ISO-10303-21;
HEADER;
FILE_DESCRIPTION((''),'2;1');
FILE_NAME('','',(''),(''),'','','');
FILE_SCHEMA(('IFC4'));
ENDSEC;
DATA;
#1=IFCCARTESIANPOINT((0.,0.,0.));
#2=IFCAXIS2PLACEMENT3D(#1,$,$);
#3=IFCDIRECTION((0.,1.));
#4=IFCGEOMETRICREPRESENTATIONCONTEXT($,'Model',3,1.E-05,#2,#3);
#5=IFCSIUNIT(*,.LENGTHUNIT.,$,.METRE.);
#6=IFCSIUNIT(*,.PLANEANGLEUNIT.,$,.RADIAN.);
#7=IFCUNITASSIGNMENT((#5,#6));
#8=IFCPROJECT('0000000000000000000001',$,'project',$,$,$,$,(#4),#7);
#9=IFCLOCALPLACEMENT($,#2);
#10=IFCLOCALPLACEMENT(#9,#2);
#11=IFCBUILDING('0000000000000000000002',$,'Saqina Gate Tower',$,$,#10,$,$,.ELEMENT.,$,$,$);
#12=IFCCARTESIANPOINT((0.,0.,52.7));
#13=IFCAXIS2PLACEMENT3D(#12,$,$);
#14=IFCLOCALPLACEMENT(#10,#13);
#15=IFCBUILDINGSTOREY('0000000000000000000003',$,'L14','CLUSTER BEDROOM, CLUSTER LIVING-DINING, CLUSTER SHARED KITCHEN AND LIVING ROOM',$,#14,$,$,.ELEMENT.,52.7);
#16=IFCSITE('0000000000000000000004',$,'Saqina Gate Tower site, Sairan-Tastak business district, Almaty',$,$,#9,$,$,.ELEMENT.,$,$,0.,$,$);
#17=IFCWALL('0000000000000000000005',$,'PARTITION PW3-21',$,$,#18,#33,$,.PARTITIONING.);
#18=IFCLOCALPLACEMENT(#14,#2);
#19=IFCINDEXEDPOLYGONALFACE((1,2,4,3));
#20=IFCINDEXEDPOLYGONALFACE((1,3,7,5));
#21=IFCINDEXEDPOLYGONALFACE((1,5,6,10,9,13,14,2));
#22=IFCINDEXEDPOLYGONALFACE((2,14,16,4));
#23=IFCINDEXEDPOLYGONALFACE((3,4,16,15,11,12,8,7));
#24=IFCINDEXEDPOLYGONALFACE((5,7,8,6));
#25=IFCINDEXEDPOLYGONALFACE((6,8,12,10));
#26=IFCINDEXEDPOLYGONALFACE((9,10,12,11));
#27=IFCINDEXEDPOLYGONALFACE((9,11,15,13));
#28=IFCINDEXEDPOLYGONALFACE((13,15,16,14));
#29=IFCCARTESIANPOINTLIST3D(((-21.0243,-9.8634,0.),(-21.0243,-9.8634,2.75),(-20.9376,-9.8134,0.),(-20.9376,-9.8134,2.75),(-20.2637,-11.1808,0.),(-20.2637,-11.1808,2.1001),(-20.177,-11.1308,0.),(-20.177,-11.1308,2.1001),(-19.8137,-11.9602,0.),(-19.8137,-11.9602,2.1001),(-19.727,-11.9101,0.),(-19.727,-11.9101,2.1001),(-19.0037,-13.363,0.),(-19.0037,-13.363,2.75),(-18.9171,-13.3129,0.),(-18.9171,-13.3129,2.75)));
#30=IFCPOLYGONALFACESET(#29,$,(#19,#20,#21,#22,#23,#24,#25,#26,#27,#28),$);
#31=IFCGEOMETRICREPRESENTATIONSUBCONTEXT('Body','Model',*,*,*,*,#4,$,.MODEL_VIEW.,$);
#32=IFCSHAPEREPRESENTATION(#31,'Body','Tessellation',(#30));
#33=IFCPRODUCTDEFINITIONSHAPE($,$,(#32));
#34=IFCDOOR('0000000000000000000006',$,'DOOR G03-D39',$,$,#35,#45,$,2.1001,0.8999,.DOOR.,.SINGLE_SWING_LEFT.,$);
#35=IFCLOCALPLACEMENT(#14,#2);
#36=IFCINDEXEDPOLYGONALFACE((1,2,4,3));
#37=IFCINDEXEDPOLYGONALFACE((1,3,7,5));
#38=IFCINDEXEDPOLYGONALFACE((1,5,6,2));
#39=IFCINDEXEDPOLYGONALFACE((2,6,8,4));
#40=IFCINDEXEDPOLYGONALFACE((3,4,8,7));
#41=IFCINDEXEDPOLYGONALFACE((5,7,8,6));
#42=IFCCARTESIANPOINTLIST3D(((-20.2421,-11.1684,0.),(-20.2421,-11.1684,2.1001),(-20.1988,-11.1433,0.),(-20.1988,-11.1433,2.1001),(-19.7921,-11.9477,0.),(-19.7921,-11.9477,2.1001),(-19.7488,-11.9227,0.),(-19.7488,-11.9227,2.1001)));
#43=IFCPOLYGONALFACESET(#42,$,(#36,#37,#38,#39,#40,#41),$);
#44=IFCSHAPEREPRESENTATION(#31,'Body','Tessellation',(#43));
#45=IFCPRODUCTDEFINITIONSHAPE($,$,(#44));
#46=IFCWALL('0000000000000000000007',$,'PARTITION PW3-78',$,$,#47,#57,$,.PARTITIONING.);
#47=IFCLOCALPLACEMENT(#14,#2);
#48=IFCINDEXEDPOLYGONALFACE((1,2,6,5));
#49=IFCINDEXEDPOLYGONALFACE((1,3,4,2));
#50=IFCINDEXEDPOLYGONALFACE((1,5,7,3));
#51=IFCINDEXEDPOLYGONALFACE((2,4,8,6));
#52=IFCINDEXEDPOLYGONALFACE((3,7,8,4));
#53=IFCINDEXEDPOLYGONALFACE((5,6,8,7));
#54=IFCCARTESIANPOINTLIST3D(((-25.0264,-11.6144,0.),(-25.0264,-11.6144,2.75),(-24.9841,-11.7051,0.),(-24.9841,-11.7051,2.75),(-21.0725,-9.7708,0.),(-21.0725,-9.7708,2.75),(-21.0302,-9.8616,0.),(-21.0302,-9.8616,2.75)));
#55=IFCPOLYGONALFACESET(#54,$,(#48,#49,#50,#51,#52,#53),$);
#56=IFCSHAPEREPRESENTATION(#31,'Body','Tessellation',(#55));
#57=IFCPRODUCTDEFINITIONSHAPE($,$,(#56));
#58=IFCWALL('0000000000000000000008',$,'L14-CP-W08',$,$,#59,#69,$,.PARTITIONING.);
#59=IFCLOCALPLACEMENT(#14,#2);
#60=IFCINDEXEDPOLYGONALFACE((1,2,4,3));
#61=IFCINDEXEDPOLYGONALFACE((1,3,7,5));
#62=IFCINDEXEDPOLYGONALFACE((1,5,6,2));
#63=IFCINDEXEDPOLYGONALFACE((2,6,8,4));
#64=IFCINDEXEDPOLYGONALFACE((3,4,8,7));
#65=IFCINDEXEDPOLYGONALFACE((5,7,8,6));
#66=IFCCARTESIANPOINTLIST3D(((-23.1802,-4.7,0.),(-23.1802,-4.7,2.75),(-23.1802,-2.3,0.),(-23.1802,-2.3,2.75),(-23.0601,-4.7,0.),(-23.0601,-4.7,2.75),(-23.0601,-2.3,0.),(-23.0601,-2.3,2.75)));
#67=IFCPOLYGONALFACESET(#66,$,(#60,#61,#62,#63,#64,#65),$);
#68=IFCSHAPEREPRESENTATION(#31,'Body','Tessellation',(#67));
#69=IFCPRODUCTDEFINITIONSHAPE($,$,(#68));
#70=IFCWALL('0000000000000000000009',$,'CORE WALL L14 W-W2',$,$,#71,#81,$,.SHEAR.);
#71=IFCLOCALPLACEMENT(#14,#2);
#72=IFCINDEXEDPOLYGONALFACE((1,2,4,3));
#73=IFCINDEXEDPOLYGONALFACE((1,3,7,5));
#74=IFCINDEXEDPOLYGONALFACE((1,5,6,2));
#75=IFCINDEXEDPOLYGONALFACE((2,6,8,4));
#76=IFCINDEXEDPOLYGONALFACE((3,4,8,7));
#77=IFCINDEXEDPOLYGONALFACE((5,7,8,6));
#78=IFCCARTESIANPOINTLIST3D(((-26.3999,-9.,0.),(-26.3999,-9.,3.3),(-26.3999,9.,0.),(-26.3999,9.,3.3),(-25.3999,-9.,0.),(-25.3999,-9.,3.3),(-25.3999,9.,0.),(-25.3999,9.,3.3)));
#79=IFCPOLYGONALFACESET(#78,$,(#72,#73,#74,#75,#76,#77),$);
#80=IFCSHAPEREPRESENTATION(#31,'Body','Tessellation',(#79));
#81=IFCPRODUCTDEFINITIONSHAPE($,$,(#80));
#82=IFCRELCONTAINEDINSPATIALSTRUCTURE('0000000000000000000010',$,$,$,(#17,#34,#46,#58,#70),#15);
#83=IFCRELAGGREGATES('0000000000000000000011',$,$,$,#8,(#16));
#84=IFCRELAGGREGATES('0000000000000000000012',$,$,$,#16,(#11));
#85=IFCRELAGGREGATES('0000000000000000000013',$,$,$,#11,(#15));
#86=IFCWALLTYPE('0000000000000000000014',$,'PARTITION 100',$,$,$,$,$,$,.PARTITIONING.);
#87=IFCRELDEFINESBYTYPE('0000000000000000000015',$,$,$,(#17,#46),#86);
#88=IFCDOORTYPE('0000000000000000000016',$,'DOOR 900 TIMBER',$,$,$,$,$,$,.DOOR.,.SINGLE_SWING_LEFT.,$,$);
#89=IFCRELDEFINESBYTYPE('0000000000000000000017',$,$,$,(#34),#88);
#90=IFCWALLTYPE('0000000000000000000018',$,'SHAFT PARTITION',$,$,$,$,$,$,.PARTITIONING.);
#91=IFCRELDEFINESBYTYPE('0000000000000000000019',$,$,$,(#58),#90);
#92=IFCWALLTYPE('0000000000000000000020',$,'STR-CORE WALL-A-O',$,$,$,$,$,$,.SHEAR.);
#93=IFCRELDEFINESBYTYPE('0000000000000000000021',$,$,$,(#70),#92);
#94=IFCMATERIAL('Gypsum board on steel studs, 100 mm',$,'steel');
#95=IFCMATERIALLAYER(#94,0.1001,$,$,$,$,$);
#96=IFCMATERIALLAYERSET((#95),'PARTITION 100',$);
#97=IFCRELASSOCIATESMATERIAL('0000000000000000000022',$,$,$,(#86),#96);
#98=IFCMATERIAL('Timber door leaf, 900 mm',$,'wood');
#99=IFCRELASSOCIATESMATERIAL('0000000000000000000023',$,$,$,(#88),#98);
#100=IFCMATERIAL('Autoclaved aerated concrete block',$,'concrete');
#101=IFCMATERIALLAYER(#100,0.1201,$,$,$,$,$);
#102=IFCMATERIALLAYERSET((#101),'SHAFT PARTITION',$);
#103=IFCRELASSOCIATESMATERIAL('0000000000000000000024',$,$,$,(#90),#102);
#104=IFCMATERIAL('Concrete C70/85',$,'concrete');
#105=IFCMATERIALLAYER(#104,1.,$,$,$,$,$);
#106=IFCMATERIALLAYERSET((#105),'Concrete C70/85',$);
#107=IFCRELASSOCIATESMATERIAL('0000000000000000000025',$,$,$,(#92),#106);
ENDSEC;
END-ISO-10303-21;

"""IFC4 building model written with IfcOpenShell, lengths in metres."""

from ifc_helpers import new_model, si_unit, direction, frame, frame_2d, origin, place, context, subcontext, project, spatial, rectangle, extrude, material, layer, layer_set, type_object, element, fill, save


model = new_model("IFC4")

# Units and contexts
model_context = context("Model", 3, precision=1e-05, world=origin(), true_north=direction((0.0, 1.0)))
body_context = subcontext(model_context, "Body", "Model", "MODEL_VIEW")
ifc_project = project(units=[si_unit("LENGTHUNIT", "METRE"), si_unit("PLANEANGLEUNIT", "RADIAN")], contexts=[model_context])

# Site, building, storey
site_placement = place(None, origin())
site = spatial("IfcSite", under=ifc_project, at=site_placement, Name="Saqina Gate Tower site, Sairan-Tastak business district, Almaty", CompositionType="ELEMENT", RefElevation=0.0)
building_placement = place(site_placement, origin())
building = spatial("IfcBuilding", under=site, at=building_placement, Name="Saqina Gate Tower", CompositionType="ELEMENT")
storey_placement = place(building_placement, frame((0.0, 0.0, 52.7)))
storey = spatial("IfcBuildingStorey", under=building, at=storey_placement, Name="L14", Description="CLUSTER BEDROOM, CLUSTER LIVING-DINING, CLUSTER SHARED KITCHEN AND LIVING ROOM", CompositionType="ELEMENT", Elevation=52.7)

# Wall, opening, door
ifc_material_1 = material(Name="Gypsum board on steel studs, 100 mm", Category="steel")
ifc_layer_1 = layer(ifc_material_1, 0.1001)
ifc_layer_set_1 = layer_set([ifc_layer_1], Name="PARTITION 100")
wall_type_1 = type_object("IfcWallType", Name="PARTITION 100", PredefinedType="PARTITIONING", material=ifc_layer_set_1)
wall_1_placement = place(storey_placement, frame((-20.981, -9.8384, 0.0), z_axis=(0.0, 0.0, 1.0), x_axis=(0.500012, -0.866019, 0.0)))
wall_1 = element("IfcWall", 1, at=wall_1_placement, inside=storey, type_object=wall_type_1, Name="PARTITION PW3-21", PredefinedType="PARTITIONING", context=body_context, shape_type="SweptSolid", body=[
    extrude(rectangle(XDim=4.041, YDim=0.1001, at=frame_2d((2.0205, 0.0))), origin(), (0.0, 0.0, 1.0), 2.75),
])
opening_1_placement = place(wall_1_placement, frame((1.5212, 0.0, 0.0)))
opening_1 = element("IfcOpeningElement", 2, at=opening_1_placement, cuts=wall_1, PredefinedType="OPENING", context=body_context, shape_type="SweptSolid", body=[
    extrude(rectangle(XDim=0.8999, YDim=2.1001, at=frame_2d((0.45, 1.05))), frame((0.0, 0.062, 0.0), z_axis=(0.0, -1.0, 0.0), x_axis=(1.0, 0.0, 0.0)), (0.0, 0.0, 1.0), 0.124),
])
ifc_material_2 = material(Name="Timber door leaf, 900 mm", Category="wood")
door_type_1 = type_object("IfcDoorType", Name="DOOR 900 TIMBER", OperationType="SINGLE_SWING_LEFT", PredefinedType="DOOR", material=ifc_material_2)
door_1_placement = place(opening_1_placement, origin())
door_1 = element("IfcDoor", 3, at=door_1_placement, inside=storey, type_object=door_type_1, Name="DOOR G03-D39", OperationType="SINGLE_SWING_LEFT", OverallHeight=2.1001, OverallWidth=0.8999, PredefinedType="DOOR", context=body_context, shape_type="SweptSolid", body=[
    extrude(rectangle(XDim=0.8999, YDim=2.1001, at=frame_2d((0.45, 1.05))), frame((0.0, 0.0249, 0.0), z_axis=(0.0, -1.0, 0.0), x_axis=(1.0, 0.0, 0.0)), (0.0, 0.0, 1.0), 0.05),
])
fill(opening_1, door_1)

# Walls
wall_2_placement = place(storey_placement, frame((-25.0051, -11.6597, 0.0), z_axis=(0.0, 0.0, 1.0), x_axis=(0.906326, 0.422579, 0.0)))
element("IfcWall", 4, at=wall_2_placement, inside=storey, type_object=wall_type_1, Name="PARTITION PW3-78", PredefinedType="PARTITIONING", context=body_context, shape_type="SweptSolid", body=[
    extrude(rectangle(XDim=4.3625, YDim=0.1001, at=frame_2d((2.1812, 0.0))), origin(), (0.0, 0.0, 1.0), 2.75),
])
ifc_material_3 = material(Name="Autoclaved aerated concrete block", Category="concrete")
ifc_layer_2 = layer(ifc_material_3, 0.1201)
ifc_layer_set_2 = layer_set([ifc_layer_2], Name="SHAFT PARTITION")
wall_type_2 = type_object("IfcWallType", Name="SHAFT PARTITION", PredefinedType="PARTITIONING", material=ifc_layer_set_2)
wall_3_placement = place(storey_placement, frame((-23.1201, -4.7, 0.0), z_axis=(0.0, 0.0, 1.0), x_axis=(0.0, 1.0, 0.0)))
element("IfcWall", 5, at=wall_3_placement, inside=storey, type_object=wall_type_2, Name="L14-CP-W08", PredefinedType="PARTITIONING", context=body_context, shape_type="SweptSolid", body=[
    extrude(rectangle(XDim=2.3999, YDim=0.1201, at=frame_2d((1.2, 0.0))), origin(), (0.0, 0.0, 1.0), 2.75),
])
ifc_material_4 = material(Name="Concrete C70/85", Category="concrete")
ifc_layer_3 = layer(ifc_material_4, 1.0)
ifc_layer_set_3 = layer_set([ifc_layer_3], Name="Concrete C70/85")
wall_type_3 = type_object("IfcWallType", Name="STR-CORE WALL-A-O", PredefinedType="SHEAR", material=ifc_layer_set_3)
wall_4_placement = place(storey_placement, frame((-25.8999, -9.0, 0.0), z_axis=(0.0, 0.0, 1.0), x_axis=(0.0, 1.0, 0.0)))
element("IfcWall", 6, at=wall_4_placement, inside=storey, type_object=wall_type_3, Name="CORE WALL L14 W-W2", PredefinedType="SHEAR", context=body_context, shape_type="SweptSolid", body=[
    extrude(rectangle(XDim=18.0, YDim=1.0, at=frame_2d((9.0, 0.0))), origin(), (0.0, 0.0, 1.0), 3.3),
])

save(model, "model.ifc")
